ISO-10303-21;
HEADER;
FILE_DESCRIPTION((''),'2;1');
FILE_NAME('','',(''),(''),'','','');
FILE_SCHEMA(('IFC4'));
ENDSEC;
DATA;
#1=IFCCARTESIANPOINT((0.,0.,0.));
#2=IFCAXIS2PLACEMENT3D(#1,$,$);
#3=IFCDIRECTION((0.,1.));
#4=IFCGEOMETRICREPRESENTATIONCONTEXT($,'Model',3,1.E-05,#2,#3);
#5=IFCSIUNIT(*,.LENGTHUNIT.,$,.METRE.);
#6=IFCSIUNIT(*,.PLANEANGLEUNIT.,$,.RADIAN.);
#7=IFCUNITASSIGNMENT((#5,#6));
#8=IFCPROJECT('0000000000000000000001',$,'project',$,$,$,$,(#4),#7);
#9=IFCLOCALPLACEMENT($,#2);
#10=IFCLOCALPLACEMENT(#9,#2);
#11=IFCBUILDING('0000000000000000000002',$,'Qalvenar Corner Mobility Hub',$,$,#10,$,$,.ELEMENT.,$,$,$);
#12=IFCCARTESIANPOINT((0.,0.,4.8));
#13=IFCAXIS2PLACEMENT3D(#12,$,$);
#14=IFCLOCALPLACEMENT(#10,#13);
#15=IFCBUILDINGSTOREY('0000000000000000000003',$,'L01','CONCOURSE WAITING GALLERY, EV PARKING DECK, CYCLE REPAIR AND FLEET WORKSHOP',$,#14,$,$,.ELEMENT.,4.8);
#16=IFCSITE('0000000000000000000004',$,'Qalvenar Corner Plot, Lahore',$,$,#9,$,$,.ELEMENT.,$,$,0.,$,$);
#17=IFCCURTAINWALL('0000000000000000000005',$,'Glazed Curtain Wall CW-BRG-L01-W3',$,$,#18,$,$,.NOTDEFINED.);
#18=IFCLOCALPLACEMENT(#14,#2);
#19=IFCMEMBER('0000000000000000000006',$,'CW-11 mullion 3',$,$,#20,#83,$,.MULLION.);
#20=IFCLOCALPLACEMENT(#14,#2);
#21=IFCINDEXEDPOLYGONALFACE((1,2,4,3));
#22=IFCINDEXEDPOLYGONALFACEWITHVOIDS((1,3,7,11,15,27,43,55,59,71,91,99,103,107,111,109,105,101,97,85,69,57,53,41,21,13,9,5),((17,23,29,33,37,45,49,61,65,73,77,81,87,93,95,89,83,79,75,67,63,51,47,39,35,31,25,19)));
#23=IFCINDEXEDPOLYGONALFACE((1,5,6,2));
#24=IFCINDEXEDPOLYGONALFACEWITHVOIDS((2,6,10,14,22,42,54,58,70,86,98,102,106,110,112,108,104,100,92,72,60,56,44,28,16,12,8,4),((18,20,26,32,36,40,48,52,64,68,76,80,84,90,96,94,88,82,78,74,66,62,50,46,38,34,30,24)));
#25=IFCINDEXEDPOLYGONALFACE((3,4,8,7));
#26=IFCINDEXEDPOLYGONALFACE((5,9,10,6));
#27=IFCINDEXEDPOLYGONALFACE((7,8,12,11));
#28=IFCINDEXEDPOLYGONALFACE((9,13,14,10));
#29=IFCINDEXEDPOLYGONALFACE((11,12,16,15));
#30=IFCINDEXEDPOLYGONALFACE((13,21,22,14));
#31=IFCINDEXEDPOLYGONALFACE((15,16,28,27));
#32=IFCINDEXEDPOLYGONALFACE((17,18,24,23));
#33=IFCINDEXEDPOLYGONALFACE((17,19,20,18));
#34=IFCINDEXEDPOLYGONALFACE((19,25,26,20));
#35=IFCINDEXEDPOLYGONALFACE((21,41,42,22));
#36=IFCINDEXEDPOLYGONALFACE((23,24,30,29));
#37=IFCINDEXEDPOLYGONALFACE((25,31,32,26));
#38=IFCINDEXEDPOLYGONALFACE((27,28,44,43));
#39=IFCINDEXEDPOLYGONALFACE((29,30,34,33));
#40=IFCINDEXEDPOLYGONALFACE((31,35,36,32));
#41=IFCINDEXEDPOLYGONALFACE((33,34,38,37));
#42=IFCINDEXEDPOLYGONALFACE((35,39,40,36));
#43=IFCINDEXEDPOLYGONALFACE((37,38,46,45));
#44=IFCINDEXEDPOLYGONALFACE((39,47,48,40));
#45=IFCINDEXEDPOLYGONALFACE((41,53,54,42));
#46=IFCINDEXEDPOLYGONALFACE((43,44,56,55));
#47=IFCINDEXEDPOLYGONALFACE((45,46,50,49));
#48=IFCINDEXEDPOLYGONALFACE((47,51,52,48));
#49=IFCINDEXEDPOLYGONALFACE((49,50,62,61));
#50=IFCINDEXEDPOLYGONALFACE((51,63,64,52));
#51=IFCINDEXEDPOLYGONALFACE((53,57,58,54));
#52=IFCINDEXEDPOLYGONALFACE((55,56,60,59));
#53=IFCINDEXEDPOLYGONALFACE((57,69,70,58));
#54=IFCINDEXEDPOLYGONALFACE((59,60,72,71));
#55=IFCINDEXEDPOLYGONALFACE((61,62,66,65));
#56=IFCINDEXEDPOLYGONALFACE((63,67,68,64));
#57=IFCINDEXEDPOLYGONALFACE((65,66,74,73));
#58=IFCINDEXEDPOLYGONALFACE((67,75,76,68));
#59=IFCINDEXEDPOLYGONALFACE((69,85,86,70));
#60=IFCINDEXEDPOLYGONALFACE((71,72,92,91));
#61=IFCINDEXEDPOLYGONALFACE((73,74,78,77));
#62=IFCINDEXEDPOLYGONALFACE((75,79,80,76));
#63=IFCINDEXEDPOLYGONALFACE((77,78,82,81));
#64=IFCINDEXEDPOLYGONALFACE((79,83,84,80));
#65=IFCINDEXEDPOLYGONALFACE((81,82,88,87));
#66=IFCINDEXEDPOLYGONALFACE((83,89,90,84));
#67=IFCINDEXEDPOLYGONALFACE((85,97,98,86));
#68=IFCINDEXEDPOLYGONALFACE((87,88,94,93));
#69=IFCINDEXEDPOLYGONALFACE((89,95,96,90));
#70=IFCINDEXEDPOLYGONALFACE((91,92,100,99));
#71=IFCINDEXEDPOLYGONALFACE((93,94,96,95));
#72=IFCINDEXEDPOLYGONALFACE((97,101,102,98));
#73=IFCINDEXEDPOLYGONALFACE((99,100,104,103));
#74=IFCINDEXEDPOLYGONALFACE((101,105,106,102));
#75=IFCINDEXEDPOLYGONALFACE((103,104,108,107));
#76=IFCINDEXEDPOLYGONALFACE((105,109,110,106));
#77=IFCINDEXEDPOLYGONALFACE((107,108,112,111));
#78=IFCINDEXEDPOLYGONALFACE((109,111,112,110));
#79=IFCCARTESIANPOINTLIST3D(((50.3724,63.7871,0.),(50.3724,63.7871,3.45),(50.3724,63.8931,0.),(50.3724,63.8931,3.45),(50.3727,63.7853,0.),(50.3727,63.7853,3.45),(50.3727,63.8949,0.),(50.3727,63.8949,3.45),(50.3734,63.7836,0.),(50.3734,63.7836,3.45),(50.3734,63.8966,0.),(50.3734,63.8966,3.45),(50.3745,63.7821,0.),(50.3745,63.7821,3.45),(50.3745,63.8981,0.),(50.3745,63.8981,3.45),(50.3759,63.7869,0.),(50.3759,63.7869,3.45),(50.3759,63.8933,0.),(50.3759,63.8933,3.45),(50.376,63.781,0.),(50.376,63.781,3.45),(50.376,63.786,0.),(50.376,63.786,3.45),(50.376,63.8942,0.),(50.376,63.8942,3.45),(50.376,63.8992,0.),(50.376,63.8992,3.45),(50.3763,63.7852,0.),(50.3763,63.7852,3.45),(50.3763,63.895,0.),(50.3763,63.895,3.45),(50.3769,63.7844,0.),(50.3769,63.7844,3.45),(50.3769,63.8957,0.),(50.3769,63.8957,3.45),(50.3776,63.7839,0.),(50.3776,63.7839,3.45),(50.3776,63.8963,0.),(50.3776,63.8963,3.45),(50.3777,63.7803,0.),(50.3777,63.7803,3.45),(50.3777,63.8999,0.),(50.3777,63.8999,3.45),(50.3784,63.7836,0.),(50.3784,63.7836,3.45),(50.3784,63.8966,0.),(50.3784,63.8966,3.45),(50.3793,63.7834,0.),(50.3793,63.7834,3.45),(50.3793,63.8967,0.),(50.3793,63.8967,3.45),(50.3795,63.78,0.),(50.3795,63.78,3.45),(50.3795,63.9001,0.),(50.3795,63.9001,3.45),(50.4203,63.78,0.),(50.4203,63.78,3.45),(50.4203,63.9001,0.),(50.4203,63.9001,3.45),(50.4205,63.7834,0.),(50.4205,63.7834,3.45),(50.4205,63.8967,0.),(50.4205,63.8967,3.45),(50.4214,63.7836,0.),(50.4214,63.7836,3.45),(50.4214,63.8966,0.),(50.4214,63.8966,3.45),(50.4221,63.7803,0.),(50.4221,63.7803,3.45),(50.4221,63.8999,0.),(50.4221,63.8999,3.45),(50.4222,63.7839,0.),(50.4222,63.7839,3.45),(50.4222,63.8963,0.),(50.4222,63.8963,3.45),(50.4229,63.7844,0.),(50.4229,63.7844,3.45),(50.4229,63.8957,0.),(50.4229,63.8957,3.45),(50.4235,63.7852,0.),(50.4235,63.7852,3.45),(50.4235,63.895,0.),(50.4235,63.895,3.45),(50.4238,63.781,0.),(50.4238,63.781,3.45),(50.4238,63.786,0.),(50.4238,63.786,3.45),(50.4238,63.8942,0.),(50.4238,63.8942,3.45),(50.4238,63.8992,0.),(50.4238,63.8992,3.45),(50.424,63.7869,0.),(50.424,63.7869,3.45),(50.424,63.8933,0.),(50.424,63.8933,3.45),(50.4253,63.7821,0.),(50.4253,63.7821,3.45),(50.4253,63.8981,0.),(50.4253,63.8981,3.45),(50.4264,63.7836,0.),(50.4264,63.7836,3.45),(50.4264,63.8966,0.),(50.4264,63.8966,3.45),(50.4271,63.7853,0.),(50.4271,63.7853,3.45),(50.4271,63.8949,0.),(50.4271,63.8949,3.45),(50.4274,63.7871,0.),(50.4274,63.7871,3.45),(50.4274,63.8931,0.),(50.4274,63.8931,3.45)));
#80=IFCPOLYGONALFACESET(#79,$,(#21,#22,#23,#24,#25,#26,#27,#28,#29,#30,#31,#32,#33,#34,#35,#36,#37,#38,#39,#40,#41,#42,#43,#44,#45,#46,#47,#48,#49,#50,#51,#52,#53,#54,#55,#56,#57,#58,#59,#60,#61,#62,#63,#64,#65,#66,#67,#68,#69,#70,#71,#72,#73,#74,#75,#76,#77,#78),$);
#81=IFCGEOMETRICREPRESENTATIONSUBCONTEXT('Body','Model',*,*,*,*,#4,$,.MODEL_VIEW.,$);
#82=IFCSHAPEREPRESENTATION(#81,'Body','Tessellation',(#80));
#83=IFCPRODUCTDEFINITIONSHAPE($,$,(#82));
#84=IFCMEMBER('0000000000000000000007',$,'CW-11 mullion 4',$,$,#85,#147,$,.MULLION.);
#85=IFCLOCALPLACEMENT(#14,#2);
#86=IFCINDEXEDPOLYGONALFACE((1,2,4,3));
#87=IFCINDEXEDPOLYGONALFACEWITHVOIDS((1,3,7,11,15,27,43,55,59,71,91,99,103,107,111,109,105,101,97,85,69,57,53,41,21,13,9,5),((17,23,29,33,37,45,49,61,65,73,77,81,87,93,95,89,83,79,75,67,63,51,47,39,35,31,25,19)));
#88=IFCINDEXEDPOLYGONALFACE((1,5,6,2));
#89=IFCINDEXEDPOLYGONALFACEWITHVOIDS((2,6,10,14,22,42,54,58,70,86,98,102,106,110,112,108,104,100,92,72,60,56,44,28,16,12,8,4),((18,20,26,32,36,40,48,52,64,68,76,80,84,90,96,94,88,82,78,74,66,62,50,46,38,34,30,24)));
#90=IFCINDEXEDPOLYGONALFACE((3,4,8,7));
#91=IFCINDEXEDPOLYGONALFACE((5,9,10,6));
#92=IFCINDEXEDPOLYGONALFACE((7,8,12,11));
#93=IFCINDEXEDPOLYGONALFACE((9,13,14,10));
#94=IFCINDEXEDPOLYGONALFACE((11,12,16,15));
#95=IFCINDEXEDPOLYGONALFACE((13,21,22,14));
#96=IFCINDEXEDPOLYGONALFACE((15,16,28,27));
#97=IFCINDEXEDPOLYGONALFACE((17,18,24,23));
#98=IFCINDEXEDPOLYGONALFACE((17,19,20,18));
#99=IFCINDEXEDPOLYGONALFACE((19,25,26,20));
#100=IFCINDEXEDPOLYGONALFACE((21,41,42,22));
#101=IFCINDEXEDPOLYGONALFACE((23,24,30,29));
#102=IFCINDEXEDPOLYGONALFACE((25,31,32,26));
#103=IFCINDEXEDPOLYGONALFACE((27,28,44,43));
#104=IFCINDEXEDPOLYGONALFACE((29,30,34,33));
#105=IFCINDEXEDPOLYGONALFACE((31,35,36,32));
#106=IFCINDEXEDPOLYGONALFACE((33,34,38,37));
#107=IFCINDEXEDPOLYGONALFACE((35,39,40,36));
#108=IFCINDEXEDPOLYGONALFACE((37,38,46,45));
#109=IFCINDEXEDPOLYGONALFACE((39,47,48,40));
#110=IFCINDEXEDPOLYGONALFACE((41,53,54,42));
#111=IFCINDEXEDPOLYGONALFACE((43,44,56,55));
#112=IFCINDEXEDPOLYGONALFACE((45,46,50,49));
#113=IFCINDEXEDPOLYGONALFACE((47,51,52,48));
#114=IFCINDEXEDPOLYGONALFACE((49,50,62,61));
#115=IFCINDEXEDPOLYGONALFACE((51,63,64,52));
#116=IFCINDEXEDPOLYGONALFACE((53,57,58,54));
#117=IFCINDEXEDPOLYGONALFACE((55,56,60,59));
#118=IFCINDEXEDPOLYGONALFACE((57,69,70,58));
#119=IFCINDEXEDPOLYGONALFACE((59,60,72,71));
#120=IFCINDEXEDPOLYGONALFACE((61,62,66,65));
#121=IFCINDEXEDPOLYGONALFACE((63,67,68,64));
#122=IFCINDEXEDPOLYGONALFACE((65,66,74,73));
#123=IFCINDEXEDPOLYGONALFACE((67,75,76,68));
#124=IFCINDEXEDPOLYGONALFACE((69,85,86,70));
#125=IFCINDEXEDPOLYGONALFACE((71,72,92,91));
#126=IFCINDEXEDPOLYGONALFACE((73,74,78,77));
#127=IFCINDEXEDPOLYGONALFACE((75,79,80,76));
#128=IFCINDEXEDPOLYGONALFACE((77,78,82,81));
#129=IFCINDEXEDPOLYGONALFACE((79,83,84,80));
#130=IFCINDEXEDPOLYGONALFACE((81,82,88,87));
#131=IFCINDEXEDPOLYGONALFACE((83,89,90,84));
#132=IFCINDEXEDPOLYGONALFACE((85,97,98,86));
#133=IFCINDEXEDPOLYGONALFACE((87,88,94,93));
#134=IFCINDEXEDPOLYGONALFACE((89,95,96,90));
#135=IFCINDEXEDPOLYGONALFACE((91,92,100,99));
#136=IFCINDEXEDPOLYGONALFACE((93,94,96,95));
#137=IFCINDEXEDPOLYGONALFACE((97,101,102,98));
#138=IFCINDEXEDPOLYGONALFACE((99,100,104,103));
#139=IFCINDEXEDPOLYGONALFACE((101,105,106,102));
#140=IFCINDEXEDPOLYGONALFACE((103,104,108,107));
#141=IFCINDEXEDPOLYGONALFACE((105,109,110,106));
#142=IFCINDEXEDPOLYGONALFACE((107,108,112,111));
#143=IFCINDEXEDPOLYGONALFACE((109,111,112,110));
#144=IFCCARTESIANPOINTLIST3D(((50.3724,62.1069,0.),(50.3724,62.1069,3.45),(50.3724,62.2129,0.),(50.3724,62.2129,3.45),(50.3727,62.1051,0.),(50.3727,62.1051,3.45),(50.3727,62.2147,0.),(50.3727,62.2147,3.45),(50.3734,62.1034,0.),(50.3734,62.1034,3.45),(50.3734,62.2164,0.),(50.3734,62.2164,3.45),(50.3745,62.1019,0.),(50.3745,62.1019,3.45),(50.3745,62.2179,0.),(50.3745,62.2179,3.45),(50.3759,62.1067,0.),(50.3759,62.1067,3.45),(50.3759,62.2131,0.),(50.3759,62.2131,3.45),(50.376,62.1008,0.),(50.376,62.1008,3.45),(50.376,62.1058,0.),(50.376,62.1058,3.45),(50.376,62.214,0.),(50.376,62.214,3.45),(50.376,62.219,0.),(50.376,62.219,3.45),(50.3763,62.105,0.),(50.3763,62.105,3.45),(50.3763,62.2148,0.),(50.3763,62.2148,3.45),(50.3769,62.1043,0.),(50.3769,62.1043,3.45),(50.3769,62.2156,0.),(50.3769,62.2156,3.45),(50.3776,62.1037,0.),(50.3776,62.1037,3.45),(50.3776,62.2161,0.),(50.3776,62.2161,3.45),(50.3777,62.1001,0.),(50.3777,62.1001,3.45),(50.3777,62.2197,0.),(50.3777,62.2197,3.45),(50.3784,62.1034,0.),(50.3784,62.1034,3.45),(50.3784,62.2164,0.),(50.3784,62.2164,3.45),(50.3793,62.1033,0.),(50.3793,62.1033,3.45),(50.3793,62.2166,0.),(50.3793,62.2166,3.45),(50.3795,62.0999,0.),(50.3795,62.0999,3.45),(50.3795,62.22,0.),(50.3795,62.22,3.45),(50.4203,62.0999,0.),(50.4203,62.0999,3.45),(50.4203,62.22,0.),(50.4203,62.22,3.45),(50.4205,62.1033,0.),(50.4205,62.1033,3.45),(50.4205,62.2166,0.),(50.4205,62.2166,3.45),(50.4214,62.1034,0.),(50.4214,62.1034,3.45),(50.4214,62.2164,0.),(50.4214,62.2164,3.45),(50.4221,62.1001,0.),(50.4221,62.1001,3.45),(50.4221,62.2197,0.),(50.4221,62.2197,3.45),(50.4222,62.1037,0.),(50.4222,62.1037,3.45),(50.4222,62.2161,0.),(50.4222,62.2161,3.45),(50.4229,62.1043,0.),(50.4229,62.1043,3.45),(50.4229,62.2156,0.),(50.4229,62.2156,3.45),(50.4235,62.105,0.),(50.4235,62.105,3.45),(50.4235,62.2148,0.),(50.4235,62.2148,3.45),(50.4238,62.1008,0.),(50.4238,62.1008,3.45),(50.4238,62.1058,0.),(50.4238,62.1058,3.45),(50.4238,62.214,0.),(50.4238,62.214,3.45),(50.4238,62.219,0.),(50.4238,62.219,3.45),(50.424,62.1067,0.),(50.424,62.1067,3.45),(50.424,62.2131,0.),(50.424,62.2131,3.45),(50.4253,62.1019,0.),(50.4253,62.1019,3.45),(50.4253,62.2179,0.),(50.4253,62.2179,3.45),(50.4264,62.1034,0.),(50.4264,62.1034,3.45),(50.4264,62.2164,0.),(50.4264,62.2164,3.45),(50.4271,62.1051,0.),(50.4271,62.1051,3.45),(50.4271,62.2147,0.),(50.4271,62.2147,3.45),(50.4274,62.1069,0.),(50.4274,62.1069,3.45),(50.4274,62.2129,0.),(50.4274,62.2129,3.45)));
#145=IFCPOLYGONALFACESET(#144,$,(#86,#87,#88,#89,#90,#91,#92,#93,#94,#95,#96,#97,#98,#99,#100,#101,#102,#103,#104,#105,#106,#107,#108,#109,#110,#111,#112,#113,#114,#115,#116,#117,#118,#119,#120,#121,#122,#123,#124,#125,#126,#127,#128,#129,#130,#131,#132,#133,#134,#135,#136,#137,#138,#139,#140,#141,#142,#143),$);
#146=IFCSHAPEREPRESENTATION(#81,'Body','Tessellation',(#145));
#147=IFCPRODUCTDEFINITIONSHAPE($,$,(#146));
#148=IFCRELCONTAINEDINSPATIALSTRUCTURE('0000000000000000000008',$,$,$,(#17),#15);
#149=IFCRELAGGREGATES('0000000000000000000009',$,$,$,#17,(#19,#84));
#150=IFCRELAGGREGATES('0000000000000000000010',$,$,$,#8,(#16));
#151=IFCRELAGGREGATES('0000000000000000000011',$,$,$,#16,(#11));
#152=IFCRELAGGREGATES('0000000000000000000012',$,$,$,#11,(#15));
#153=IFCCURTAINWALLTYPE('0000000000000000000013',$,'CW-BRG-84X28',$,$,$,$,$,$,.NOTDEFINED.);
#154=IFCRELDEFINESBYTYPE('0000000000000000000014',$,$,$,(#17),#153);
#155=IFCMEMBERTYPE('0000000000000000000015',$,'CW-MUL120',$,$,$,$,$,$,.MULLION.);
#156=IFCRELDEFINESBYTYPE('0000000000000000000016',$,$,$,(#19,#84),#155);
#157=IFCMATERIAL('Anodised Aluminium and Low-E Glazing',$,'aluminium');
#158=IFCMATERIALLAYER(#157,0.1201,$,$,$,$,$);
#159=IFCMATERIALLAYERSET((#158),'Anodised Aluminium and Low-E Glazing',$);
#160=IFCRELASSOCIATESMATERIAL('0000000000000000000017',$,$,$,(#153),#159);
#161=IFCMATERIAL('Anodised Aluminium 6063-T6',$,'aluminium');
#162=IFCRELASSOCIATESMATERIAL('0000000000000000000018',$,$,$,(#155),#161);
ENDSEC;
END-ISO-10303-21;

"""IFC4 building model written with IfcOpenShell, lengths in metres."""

from ifc_helpers import new_model, si_unit, direction, frame, origin, origin_2d, place, context, subcontext, project, spatial, hollow_rectangle, extrude, material, layer, layer_set, material_profile, profile_set, type_object, element, aggregate, save


model = new_model("IFC4")

# Units and contexts
model_context = context("Model", 3, precision=1e-05, world=origin(), true_north=direction((0.0, 1.0)))
body_context = subcontext(model_context, "Body", "Model", "MODEL_VIEW")
ifc_project = project(units=[si_unit("LENGTHUNIT", "METRE"), si_unit("PLANEANGLEUNIT", "RADIAN")], contexts=[model_context])

# Site, building, storey
site_placement = place(None, origin())
site = spatial("IfcSite", under=ifc_project, at=site_placement, Name="Qalvenar Corner Plot, Lahore", CompositionType="ELEMENT", RefElevation=0.0)
building_placement = place(site_placement, origin())
building = spatial("IfcBuilding", under=site, at=building_placement, Name="Qalvenar Corner Mobility Hub", CompositionType="ELEMENT")
storey_placement = place(building_placement, frame((0.0, 0.0, 4.8)))
storey = spatial("IfcBuildingStorey", under=building, at=storey_placement, Name="L01", Description="CONCOURSE WAITING GALLERY, EV PARKING DECK, CYCLE REPAIR AND FLEET WORKSHOP", CompositionType="ELEMENT", Elevation=4.8)

# Shared definitions
ifc_material_1 = material(Name="Anodised Aluminium and Low-E Glazing", Category="aluminium")
ifc_layer_1 = layer(ifc_material_1, 0.1201)
ifc_layer_set_1 = layer_set([ifc_layer_1], Name="Anodised Aluminium and Low-E Glazing")
curtain_wall_type = type_object("IfcCurtainWallType", Name="CW-BRG-84X28", PredefinedType="NOTDEFINED", material=ifc_layer_set_1)
ifc_material_2 = material(Name="Anodised Aluminium 6063-T6", Category="aluminium")
ifc_material_profile_1 = material_profile(ifc_material_2, hollow_rectangle(XDim=0.0549, YDim=0.1201, WallThickness=0.0034, InnerFilletRadius=0.0034, OuterFilletRadius=0.0071, at=origin_2d()), Name="RHS120x55x3.5")
ifc_profile_set_1 = profile_set([ifc_material_profile_1], Name="Anodised Aluminium 6063-T6")
member_type_1 = type_object("IfcMemberType", Name="CW-MUL120", PredefinedType="MULLION", material=ifc_profile_set_1)

# Curtain wall, members
curtain_wall_1_placement = place(storey_placement, origin())
curtain_wall_1 = element("IfcCurtainWall", 1, at=curtain_wall_1_placement, inside=storey, type_object=curtain_wall_type, Name="Glazed Curtain Wall CW-BRG-L01-W3", PredefinedType="NOTDEFINED")
member_1_placement = place(storey_placement, frame((50.3999, 63.8401, 0.0), z_axis=(0.0, 0.0, 1.0), x_axis=(1.0, 0.0, 0.0)))
member_1 = element("IfcMember", 2, at=member_1_placement, type_object=member_type_1, Name="CW-11 mullion 3", PredefinedType="MULLION", context=body_context, shape_type="SweptSolid", body=[
    extrude(hollow_rectangle(XDim=0.0549, YDim=0.1201, WallThickness=0.0034, InnerFilletRadius=0.0034, OuterFilletRadius=0.0071, at=origin_2d()), origin(), (0.0, 0.0, 1.0), 3.45),
])
member_2_placement = place(storey_placement, frame((50.3999, 62.1599, 0.0), z_axis=(0.0, 0.0, 1.0), x_axis=(1.0, 0.0, 0.0)))
member_2 = element("IfcMember", 3, at=member_2_placement, type_object=member_type_1, Name="CW-11 mullion 4", PredefinedType="MULLION", context=body_context, shape_type="SweptSolid", body=[
    extrude(hollow_rectangle(XDim=0.0549, YDim=0.1201, WallThickness=0.0034, InnerFilletRadius=0.0034, OuterFilletRadius=0.0071, at=origin_2d()), origin(), (0.0, 0.0, 1.0), 3.45),
])

aggregate(curtain_wall_1, [member_1, member_2])

save(model, "model.ifc")
